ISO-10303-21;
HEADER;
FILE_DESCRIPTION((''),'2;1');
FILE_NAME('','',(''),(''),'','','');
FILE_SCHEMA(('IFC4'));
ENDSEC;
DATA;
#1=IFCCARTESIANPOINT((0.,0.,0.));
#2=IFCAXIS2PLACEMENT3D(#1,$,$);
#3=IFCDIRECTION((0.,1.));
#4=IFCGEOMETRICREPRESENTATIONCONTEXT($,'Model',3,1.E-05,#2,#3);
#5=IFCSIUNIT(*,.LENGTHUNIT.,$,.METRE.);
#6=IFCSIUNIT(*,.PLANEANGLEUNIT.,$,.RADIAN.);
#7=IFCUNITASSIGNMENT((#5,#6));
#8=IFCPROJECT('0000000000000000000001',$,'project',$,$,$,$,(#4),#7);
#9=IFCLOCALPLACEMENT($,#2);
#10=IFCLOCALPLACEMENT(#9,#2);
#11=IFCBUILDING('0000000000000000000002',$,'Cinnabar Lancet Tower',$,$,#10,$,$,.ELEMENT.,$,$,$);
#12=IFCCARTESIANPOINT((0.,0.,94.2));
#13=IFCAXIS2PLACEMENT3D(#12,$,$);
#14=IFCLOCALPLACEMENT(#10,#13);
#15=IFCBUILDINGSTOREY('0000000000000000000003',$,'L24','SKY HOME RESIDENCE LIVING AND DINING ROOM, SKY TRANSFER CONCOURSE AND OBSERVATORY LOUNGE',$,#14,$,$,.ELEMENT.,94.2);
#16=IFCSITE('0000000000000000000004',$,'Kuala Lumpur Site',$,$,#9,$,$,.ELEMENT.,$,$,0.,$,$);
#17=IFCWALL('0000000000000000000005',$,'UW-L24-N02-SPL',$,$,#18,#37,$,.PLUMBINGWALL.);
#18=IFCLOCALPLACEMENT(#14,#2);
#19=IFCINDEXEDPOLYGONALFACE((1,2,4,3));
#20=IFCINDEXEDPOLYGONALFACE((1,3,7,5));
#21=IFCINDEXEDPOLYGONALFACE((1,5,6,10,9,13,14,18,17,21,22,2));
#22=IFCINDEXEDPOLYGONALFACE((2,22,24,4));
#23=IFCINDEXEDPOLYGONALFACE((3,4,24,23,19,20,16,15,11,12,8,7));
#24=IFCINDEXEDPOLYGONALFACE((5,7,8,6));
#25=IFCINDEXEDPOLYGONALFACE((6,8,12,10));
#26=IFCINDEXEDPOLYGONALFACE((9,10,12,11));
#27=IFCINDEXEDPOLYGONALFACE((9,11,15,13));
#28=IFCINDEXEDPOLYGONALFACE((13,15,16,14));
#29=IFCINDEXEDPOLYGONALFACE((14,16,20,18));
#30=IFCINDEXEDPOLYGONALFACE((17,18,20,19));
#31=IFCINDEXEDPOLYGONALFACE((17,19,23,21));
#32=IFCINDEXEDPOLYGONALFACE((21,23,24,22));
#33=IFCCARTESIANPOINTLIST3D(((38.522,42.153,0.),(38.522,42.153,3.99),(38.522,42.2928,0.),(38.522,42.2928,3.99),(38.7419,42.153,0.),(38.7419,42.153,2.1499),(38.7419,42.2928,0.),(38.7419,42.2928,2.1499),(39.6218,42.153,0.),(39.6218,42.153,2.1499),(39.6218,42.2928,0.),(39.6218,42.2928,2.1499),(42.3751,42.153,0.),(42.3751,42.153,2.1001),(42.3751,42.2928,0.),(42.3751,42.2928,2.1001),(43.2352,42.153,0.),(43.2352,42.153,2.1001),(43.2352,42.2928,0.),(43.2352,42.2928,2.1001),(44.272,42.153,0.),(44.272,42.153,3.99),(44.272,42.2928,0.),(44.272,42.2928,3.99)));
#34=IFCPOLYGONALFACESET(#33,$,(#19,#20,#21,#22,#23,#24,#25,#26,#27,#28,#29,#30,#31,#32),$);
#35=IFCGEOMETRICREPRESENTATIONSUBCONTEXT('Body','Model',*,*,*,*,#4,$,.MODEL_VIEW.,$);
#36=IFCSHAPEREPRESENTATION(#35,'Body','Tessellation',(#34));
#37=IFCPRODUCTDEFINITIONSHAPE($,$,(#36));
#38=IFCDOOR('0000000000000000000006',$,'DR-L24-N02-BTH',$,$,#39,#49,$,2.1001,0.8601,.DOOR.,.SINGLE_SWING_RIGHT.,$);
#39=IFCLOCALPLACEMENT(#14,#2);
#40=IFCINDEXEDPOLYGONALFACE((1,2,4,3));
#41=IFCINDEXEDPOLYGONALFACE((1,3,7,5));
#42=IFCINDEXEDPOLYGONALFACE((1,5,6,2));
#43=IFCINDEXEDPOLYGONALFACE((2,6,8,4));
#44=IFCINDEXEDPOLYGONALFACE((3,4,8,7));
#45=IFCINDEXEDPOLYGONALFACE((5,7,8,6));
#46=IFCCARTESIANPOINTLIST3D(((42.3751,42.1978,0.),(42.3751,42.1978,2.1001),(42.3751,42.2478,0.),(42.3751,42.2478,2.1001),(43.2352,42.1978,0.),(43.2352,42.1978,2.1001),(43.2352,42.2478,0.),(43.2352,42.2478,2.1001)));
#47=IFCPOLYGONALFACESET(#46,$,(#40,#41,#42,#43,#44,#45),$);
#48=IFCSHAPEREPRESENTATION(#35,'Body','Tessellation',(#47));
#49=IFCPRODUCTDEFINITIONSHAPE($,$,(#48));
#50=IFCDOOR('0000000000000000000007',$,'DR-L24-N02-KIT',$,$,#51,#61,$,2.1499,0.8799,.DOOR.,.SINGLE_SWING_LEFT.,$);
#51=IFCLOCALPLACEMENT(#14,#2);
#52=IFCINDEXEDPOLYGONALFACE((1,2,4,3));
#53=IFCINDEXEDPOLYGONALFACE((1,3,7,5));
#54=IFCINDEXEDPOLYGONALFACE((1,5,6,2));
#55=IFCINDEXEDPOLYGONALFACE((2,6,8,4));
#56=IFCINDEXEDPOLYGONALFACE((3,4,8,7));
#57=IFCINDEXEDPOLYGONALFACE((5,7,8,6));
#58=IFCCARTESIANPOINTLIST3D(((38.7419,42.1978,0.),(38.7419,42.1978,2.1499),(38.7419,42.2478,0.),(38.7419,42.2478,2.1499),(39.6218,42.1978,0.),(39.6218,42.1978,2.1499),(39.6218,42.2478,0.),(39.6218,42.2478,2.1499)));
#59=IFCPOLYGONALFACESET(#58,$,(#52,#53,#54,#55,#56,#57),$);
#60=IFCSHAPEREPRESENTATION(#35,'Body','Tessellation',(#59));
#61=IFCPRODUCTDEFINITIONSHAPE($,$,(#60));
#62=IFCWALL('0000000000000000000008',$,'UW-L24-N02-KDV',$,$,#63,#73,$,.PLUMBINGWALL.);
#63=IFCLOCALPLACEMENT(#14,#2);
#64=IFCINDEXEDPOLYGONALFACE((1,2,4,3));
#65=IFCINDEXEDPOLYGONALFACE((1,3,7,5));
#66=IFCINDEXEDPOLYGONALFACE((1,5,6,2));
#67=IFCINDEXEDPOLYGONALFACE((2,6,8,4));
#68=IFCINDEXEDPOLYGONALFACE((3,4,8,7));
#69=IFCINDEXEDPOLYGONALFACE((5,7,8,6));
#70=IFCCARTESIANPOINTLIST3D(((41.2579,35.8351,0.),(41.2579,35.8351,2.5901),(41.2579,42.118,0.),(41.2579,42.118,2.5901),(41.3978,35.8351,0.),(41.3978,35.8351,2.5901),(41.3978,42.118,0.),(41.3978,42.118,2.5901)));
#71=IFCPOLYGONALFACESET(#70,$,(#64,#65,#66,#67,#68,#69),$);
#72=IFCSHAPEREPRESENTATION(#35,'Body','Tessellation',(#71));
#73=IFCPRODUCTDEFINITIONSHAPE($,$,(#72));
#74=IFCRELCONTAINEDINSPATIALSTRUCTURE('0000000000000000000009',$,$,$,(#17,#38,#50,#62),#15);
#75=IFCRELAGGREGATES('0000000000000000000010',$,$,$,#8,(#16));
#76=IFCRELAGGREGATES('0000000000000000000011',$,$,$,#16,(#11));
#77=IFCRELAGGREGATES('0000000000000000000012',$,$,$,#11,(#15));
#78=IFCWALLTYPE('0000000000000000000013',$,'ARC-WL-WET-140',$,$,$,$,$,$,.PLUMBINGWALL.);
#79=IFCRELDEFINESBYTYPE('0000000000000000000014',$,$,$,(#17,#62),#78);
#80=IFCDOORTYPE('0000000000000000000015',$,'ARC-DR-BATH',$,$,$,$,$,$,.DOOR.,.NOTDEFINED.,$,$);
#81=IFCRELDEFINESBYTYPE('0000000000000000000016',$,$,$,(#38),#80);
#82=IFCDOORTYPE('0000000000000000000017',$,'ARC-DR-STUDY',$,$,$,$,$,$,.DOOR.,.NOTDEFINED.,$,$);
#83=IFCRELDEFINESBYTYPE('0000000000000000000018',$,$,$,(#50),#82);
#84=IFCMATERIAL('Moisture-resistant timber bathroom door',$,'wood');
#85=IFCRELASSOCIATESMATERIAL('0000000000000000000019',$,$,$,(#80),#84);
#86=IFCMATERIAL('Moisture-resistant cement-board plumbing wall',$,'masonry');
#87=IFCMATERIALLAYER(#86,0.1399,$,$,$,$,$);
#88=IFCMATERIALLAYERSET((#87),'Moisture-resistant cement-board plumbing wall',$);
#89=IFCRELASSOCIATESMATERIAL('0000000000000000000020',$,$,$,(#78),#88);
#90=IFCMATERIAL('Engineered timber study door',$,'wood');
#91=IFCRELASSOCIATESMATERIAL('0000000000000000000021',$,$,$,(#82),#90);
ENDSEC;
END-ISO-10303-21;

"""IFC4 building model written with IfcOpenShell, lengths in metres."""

from ifc_helpers import new_model, si_unit, direction, frame, frame_2d, origin, place, context, subcontext, project, spatial, rectangle, extrude, material, layer, layer_set, type_object, element, fill, save


model = new_model("IFC4")

# Units and contexts
model_context = context("Model", 3, precision=1e-05, world=origin(), true_north=direction((0.0, 1.0)))
body_context = subcontext(model_context, "Body", "Model", "MODEL_VIEW")
ifc_project = project(units=[si_unit("LENGTHUNIT", "METRE"), si_unit("PLANEANGLEUNIT", "RADIAN")], contexts=[model_context])

# Site, building, storey
site_placement = place(None, origin())
site = spatial("IfcSite", under=ifc_project, at=site_placement, Name="Kuala Lumpur Site", CompositionType="ELEMENT", RefElevation=0.0)
building_placement = place(site_placement, origin())
building = spatial("IfcBuilding", under=site, at=building_placement, Name="Cinnabar Lancet Tower", CompositionType="ELEMENT")
storey_placement = place(building_placement, frame((0.0, 0.0, 94.2)))
storey = spatial("IfcBuildingStorey", under=building, at=storey_placement, Name="L24", Description="SKY HOME RESIDENCE LIVING AND DINING ROOM, SKY TRANSFER CONCOURSE AND OBSERVATORY LOUNGE", CompositionType="ELEMENT", Elevation=94.2)

# Shared definitions
ifc_material_1 = material(Name="Moisture-resistant timber bathroom door", Category="wood")
door_type_1 = type_object("IfcDoorType", Name="ARC-DR-BATH", OperationType="NOTDEFINED", PredefinedType="DOOR", material=ifc_material_1)

# Shared definitions
ifc_material_2 = material(Name="Moisture-resistant cement-board plumbing wall", Category="masonry")
ifc_layer_1 = layer(ifc_material_2, 0.1399)
ifc_layer_set_1 = layer_set([ifc_layer_1], Name="Moisture-resistant cement-board plumbing wall")
wall_type_1 = type_object("IfcWallType", Name="ARC-WL-WET-140", PredefinedType="PLUMBINGWALL", material=ifc_layer_set_1)

# Wall, openings, doors
wall_1_placement = place(storey_placement, frame((38.522, 42.2229, 0.0), z_axis=(0.0, 0.0, 1.0), x_axis=(1.0, 0.0, 0.0)))
wall_1 = element("IfcWall", 1, at=wall_1_placement, inside=storey, type_object=wall_type_1, Name="UW-L24-N02-SPL", PredefinedType="PLUMBINGWALL", context=body_context, shape_type="SweptSolid", body=[
    extrude(rectangle(XDim=5.75, YDim=0.1399, at=frame_2d((2.875, 0.0))), origin(), (0.0, 0.0, 1.0), 3.99),
])
opening_1_placement = place(wall_1_placement, frame((3.853, 0.0, 0.0)))
opening_1 = element("IfcOpeningElement", 2, at=opening_1_placement, cuts=wall_1, PredefinedType="OPENING", context=body_context, shape_type="SweptSolid", body=[
    extrude(rectangle(XDim=0.8601, YDim=2.1001, at=frame_2d((0.4302, 1.05))), frame((0.0, 0.0798, 0.0), z_axis=(0.0, -1.0, 0.0), x_axis=(1.0, 0.0, 0.0)), (0.0, 0.0, 1.0), 0.1599),
])
opening_2_placement = place(wall_1_placement, frame((0.22, 0.0, 0.0)))
opening_2 = element("IfcOpeningElement", 3, at=opening_2_placement, cuts=wall_1, PredefinedType="OPENING", context=body_context, shape_type="SweptSolid", body=[
    extrude(rectangle(XDim=0.8799, YDim=2.1499, at=frame_2d((0.4399, 1.075))), frame((0.0, 0.0798, 0.0), z_axis=(0.0, -1.0, 0.0), x_axis=(1.0, 0.0, 0.0)), (0.0, 0.0, 1.0), 0.1599),
])
door_1_placement = place(opening_1_placement, origin())
door_1 = element("IfcDoor", 4, at=door_1_placement, inside=storey, type_object=door_type_1, Name="DR-L24-N02-BTH", OperationType="SINGLE_SWING_RIGHT", OverallHeight=2.1001, OverallWidth=0.8601, PredefinedType="DOOR", context=body_context, shape_type="SweptSolid", body=[
    extrude(rectangle(XDim=0.8601, YDim=2.1001, at=frame_2d((0.4302, 1.05))), frame((0.0, 0.0249, 0.0), z_axis=(0.0, -1.0, 0.0), x_axis=(1.0, 0.0, 0.0)), (0.0, 0.0, 1.0), 0.05),
])
fill(opening_1, door_1)
ifc_material_3 = material(Name="Engineered timber study door", Category="wood")
door_type_2 = type_object("IfcDoorType", Name="ARC-DR-STUDY", OperationType="NOTDEFINED", PredefinedType="DOOR", material=ifc_material_3)
door_2_placement = place(opening_2_placement, origin())
door_2 = element("IfcDoor", 5, at=door_2_placement, inside=storey, type_object=door_type_2, Name="DR-L24-N02-KIT", OperationType="SINGLE_SWING_LEFT", OverallHeight=2.1499, OverallWidth=0.8799, PredefinedType="DOOR", context=body_context, shape_type="SweptSolid", body=[
    extrude(rectangle(XDim=0.8799, YDim=2.1499, at=frame_2d((0.4399, 1.075))), frame((0.0, 0.0249, 0.0), z_axis=(0.0, -1.0, 0.0), x_axis=(1.0, 0.0, 0.0)), (0.0, 0.0, 1.0), 0.05),
])
fill(opening_2, door_2)

# Wall
wall_2_placement = place(storey_placement, frame((41.3279, 35.835, 0.0), z_axis=(0.0, 0.0, 1.0), x_axis=(0.0, 1.0, 0.0)))
element("IfcWall", 6, at=wall_2_placement, inside=storey, type_object=wall_type_1, Name="UW-L24-N02-KDV", PredefinedType="PLUMBINGWALL", context=body_context, shape_type="SweptSolid", body=[
    extrude(rectangle(XDim=6.283, YDim=0.1399, at=frame_2d((3.1416, 0.0))), origin(), (0.0, 0.0, 1.0), 2.5901),
])

save(model, "model.ifc")
